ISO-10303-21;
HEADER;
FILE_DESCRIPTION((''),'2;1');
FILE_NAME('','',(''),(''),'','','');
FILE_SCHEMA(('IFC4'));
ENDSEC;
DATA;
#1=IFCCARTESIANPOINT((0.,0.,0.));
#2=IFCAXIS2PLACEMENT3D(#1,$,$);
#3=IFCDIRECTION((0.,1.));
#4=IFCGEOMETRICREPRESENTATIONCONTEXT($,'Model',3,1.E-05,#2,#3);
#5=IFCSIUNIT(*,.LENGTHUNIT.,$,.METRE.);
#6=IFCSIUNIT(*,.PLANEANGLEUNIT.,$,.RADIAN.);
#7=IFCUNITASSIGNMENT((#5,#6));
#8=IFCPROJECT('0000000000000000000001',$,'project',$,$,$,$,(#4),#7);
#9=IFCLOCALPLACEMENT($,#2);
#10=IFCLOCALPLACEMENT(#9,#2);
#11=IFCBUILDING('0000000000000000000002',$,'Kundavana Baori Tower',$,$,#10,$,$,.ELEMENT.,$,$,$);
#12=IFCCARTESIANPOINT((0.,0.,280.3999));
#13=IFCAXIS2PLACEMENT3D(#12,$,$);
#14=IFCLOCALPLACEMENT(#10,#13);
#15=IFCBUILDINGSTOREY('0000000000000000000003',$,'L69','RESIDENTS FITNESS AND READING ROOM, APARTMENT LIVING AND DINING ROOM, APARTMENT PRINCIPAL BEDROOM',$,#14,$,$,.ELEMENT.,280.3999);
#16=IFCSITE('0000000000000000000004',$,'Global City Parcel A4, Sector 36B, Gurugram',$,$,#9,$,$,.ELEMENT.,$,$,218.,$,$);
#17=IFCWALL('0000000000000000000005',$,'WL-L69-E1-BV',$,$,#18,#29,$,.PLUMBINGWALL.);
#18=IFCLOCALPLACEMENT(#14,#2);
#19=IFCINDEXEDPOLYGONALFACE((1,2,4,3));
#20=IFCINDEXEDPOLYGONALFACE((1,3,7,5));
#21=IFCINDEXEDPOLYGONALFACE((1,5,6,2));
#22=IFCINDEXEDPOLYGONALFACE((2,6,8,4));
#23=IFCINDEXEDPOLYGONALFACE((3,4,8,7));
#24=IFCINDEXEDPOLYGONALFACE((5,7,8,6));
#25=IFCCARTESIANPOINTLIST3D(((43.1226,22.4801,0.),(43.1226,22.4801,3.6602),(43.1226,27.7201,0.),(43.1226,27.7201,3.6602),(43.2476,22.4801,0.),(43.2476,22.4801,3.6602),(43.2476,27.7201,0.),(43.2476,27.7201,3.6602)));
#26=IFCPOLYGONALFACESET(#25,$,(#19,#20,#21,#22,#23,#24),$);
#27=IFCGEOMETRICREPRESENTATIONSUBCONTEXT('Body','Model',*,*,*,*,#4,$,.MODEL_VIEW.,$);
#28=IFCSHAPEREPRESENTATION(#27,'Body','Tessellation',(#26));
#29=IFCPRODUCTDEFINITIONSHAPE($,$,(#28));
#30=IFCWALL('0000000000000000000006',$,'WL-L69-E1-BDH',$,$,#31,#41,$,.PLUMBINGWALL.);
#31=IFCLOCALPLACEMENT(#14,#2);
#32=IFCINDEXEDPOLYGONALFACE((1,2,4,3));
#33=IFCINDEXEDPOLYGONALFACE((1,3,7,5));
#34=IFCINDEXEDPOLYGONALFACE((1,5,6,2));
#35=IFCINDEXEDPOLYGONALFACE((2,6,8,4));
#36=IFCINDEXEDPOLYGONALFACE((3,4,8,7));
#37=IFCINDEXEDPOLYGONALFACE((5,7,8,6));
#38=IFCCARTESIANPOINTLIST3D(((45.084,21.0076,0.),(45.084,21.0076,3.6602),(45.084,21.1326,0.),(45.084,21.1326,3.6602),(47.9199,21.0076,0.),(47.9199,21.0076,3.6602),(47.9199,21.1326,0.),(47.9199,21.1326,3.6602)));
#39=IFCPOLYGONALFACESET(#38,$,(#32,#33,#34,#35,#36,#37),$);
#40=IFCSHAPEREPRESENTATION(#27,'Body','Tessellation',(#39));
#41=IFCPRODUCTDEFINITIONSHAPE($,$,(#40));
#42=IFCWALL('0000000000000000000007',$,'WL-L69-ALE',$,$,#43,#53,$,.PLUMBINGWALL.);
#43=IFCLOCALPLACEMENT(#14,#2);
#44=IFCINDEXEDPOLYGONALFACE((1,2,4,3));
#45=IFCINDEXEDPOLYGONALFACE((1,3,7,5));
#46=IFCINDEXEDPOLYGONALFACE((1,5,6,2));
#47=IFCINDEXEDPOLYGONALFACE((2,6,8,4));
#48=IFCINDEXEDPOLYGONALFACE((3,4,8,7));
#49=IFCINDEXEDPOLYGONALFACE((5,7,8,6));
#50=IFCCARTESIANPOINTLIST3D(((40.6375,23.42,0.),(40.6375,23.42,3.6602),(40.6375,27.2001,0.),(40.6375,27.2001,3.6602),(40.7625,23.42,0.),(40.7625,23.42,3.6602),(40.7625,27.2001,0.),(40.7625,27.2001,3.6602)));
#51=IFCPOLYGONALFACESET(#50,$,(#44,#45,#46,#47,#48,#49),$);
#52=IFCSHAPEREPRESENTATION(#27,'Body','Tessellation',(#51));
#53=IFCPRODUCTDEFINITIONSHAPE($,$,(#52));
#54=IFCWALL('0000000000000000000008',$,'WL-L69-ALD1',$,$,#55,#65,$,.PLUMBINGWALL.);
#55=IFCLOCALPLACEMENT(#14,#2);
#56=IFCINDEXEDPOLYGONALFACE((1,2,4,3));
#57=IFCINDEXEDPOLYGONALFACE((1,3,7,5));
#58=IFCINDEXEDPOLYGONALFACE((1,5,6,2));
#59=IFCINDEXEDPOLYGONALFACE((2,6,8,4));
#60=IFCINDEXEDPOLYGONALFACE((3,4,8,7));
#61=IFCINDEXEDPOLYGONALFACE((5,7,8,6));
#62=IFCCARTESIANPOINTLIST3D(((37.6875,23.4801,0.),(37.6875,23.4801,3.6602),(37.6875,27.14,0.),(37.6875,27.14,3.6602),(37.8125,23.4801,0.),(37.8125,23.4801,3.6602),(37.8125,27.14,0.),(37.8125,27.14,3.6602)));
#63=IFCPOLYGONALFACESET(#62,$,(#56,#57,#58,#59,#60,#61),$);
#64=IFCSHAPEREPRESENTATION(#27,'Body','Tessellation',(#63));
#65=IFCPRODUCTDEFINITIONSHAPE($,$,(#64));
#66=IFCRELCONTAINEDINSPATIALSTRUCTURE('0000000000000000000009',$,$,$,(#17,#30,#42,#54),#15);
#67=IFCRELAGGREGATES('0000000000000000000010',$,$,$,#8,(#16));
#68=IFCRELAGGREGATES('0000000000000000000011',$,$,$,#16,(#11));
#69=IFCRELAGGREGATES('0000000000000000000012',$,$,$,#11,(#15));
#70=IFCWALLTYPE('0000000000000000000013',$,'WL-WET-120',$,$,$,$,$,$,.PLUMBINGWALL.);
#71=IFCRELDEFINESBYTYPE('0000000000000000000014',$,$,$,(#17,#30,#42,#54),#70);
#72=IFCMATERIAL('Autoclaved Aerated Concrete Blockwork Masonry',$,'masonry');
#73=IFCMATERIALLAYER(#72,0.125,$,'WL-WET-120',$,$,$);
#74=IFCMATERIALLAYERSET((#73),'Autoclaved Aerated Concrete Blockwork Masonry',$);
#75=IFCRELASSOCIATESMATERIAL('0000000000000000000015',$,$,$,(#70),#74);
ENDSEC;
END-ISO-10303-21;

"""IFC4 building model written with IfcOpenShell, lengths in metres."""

from ifc_helpers import new_model, si_unit, direction, frame, frame_2d, origin, place, context, subcontext, project, spatial, rectangle, extrude, material, layer, layer_set, type_object, element, save


model = new_model("IFC4")

# Units and contexts
model_context = context("Model", 3, precision=1e-05, world=origin(), true_north=direction((0.0, 1.0)))
body_context = subcontext(model_context, "Body", "Model", "MODEL_VIEW")
ifc_project = project(units=[si_unit("LENGTHUNIT", "METRE"), si_unit("PLANEANGLEUNIT", "RADIAN")], contexts=[model_context])

# Site, building, storey
site_placement = place(None, origin())
site = spatial("IfcSite", under=ifc_project, at=site_placement, Name="Global City Parcel A4, Sector 36B, Gurugram", CompositionType="ELEMENT", RefElevation=218.0)
building_placement = place(site_placement, origin())
building = spatial("IfcBuilding", under=site, at=building_placement, Name="Kundavana Baori Tower", CompositionType="ELEMENT")
storey_placement = place(building_placement, frame((0.0, 0.0, 280.3999)))
storey = spatial("IfcBuildingStorey", under=building, at=storey_placement, Name="L69", Description="RESIDENTS FITNESS AND READING ROOM, APARTMENT LIVING AND DINING ROOM, APARTMENT PRINCIPAL BEDROOM", CompositionType="ELEMENT", Elevation=280.3999)

# Shared definitions
ifc_material_1 = material(Name="Autoclaved Aerated Concrete Blockwork Masonry", Category="masonry")
ifc_layer = layer(ifc_material_1, 0.125, Name="WL-WET-120")
ifc_layer_set = layer_set([ifc_layer], Name="Autoclaved Aerated Concrete Blockwork Masonry")
wall_type = type_object("IfcWallType", Name="WL-WET-120", PredefinedType="PLUMBINGWALL", material=ifc_layer_set)

# Walls
wall_1_placement = place(storey_placement, frame((43.1851, 22.48, 0.0), z_axis=(0.0, 0.0, 1.0), x_axis=(0.0, 1.0, 0.0)))
element("IfcWall", 1, at=wall_1_placement, inside=storey, type_object=wall_type, Name="WL-L69-E1-BV", PredefinedType="PLUMBINGWALL", context=body_context, shape_type="SweptSolid", body=[
    extrude(rectangle(XDim=5.24, YDim=0.125, at=frame_2d((2.6201, 0.0))), origin(), (0.0, 0.0, 1.0), 3.6602),
])
wall_2_placement = place(storey_placement, frame((45.084, 21.0701, 0.0), z_axis=(0.0, 0.0, 1.0), x_axis=(1.0, 0.0, 0.0)))
element("IfcWall", 2, at=wall_2_placement, inside=storey, type_object=wall_type, Name="WL-L69-E1-BDH", PredefinedType="PLUMBINGWALL", context=body_context, shape_type="SweptSolid", body=[
    extrude(rectangle(XDim=2.8359, YDim=0.125, at=frame_2d((1.418, 0.0))), origin(), (0.0, 0.0, 1.0), 3.6602),
])
wall_3_placement = place(storey_placement, frame((40.7, 23.4199, 0.0), z_axis=(0.0, 0.0, 1.0), x_axis=(0.0, 1.0, 0.0)))
element("IfcWall", 3, at=wall_3_placement, inside=storey, type_object=wall_type, Name="WL-L69-ALE", PredefinedType="PLUMBINGWALL", context=body_context, shape_type="SweptSolid", body=[
    extrude(rectangle(XDim=3.78, YDim=0.125, at=frame_2d((1.8901, 0.0))), origin(), (0.0, 0.0, 1.0), 3.6602),
])
wall_4_placement = place(storey_placement, frame((37.75, 23.48, 0.0), z_axis=(0.0, 0.0, 1.0), x_axis=(0.0, 1.0, 0.0)))
element("IfcWall", 4, at=wall_4_placement, inside=storey, type_object=wall_type, Name="WL-L69-ALD1", PredefinedType="PLUMBINGWALL", context=body_context, shape_type="SweptSolid", body=[
    extrude(rectangle(XDim=3.6599, YDim=0.125, at=frame_2d((1.8301, 0.0))), origin(), (0.0, 0.0, 1.0), 3.6602),
])

save(model, "model.ifc")
